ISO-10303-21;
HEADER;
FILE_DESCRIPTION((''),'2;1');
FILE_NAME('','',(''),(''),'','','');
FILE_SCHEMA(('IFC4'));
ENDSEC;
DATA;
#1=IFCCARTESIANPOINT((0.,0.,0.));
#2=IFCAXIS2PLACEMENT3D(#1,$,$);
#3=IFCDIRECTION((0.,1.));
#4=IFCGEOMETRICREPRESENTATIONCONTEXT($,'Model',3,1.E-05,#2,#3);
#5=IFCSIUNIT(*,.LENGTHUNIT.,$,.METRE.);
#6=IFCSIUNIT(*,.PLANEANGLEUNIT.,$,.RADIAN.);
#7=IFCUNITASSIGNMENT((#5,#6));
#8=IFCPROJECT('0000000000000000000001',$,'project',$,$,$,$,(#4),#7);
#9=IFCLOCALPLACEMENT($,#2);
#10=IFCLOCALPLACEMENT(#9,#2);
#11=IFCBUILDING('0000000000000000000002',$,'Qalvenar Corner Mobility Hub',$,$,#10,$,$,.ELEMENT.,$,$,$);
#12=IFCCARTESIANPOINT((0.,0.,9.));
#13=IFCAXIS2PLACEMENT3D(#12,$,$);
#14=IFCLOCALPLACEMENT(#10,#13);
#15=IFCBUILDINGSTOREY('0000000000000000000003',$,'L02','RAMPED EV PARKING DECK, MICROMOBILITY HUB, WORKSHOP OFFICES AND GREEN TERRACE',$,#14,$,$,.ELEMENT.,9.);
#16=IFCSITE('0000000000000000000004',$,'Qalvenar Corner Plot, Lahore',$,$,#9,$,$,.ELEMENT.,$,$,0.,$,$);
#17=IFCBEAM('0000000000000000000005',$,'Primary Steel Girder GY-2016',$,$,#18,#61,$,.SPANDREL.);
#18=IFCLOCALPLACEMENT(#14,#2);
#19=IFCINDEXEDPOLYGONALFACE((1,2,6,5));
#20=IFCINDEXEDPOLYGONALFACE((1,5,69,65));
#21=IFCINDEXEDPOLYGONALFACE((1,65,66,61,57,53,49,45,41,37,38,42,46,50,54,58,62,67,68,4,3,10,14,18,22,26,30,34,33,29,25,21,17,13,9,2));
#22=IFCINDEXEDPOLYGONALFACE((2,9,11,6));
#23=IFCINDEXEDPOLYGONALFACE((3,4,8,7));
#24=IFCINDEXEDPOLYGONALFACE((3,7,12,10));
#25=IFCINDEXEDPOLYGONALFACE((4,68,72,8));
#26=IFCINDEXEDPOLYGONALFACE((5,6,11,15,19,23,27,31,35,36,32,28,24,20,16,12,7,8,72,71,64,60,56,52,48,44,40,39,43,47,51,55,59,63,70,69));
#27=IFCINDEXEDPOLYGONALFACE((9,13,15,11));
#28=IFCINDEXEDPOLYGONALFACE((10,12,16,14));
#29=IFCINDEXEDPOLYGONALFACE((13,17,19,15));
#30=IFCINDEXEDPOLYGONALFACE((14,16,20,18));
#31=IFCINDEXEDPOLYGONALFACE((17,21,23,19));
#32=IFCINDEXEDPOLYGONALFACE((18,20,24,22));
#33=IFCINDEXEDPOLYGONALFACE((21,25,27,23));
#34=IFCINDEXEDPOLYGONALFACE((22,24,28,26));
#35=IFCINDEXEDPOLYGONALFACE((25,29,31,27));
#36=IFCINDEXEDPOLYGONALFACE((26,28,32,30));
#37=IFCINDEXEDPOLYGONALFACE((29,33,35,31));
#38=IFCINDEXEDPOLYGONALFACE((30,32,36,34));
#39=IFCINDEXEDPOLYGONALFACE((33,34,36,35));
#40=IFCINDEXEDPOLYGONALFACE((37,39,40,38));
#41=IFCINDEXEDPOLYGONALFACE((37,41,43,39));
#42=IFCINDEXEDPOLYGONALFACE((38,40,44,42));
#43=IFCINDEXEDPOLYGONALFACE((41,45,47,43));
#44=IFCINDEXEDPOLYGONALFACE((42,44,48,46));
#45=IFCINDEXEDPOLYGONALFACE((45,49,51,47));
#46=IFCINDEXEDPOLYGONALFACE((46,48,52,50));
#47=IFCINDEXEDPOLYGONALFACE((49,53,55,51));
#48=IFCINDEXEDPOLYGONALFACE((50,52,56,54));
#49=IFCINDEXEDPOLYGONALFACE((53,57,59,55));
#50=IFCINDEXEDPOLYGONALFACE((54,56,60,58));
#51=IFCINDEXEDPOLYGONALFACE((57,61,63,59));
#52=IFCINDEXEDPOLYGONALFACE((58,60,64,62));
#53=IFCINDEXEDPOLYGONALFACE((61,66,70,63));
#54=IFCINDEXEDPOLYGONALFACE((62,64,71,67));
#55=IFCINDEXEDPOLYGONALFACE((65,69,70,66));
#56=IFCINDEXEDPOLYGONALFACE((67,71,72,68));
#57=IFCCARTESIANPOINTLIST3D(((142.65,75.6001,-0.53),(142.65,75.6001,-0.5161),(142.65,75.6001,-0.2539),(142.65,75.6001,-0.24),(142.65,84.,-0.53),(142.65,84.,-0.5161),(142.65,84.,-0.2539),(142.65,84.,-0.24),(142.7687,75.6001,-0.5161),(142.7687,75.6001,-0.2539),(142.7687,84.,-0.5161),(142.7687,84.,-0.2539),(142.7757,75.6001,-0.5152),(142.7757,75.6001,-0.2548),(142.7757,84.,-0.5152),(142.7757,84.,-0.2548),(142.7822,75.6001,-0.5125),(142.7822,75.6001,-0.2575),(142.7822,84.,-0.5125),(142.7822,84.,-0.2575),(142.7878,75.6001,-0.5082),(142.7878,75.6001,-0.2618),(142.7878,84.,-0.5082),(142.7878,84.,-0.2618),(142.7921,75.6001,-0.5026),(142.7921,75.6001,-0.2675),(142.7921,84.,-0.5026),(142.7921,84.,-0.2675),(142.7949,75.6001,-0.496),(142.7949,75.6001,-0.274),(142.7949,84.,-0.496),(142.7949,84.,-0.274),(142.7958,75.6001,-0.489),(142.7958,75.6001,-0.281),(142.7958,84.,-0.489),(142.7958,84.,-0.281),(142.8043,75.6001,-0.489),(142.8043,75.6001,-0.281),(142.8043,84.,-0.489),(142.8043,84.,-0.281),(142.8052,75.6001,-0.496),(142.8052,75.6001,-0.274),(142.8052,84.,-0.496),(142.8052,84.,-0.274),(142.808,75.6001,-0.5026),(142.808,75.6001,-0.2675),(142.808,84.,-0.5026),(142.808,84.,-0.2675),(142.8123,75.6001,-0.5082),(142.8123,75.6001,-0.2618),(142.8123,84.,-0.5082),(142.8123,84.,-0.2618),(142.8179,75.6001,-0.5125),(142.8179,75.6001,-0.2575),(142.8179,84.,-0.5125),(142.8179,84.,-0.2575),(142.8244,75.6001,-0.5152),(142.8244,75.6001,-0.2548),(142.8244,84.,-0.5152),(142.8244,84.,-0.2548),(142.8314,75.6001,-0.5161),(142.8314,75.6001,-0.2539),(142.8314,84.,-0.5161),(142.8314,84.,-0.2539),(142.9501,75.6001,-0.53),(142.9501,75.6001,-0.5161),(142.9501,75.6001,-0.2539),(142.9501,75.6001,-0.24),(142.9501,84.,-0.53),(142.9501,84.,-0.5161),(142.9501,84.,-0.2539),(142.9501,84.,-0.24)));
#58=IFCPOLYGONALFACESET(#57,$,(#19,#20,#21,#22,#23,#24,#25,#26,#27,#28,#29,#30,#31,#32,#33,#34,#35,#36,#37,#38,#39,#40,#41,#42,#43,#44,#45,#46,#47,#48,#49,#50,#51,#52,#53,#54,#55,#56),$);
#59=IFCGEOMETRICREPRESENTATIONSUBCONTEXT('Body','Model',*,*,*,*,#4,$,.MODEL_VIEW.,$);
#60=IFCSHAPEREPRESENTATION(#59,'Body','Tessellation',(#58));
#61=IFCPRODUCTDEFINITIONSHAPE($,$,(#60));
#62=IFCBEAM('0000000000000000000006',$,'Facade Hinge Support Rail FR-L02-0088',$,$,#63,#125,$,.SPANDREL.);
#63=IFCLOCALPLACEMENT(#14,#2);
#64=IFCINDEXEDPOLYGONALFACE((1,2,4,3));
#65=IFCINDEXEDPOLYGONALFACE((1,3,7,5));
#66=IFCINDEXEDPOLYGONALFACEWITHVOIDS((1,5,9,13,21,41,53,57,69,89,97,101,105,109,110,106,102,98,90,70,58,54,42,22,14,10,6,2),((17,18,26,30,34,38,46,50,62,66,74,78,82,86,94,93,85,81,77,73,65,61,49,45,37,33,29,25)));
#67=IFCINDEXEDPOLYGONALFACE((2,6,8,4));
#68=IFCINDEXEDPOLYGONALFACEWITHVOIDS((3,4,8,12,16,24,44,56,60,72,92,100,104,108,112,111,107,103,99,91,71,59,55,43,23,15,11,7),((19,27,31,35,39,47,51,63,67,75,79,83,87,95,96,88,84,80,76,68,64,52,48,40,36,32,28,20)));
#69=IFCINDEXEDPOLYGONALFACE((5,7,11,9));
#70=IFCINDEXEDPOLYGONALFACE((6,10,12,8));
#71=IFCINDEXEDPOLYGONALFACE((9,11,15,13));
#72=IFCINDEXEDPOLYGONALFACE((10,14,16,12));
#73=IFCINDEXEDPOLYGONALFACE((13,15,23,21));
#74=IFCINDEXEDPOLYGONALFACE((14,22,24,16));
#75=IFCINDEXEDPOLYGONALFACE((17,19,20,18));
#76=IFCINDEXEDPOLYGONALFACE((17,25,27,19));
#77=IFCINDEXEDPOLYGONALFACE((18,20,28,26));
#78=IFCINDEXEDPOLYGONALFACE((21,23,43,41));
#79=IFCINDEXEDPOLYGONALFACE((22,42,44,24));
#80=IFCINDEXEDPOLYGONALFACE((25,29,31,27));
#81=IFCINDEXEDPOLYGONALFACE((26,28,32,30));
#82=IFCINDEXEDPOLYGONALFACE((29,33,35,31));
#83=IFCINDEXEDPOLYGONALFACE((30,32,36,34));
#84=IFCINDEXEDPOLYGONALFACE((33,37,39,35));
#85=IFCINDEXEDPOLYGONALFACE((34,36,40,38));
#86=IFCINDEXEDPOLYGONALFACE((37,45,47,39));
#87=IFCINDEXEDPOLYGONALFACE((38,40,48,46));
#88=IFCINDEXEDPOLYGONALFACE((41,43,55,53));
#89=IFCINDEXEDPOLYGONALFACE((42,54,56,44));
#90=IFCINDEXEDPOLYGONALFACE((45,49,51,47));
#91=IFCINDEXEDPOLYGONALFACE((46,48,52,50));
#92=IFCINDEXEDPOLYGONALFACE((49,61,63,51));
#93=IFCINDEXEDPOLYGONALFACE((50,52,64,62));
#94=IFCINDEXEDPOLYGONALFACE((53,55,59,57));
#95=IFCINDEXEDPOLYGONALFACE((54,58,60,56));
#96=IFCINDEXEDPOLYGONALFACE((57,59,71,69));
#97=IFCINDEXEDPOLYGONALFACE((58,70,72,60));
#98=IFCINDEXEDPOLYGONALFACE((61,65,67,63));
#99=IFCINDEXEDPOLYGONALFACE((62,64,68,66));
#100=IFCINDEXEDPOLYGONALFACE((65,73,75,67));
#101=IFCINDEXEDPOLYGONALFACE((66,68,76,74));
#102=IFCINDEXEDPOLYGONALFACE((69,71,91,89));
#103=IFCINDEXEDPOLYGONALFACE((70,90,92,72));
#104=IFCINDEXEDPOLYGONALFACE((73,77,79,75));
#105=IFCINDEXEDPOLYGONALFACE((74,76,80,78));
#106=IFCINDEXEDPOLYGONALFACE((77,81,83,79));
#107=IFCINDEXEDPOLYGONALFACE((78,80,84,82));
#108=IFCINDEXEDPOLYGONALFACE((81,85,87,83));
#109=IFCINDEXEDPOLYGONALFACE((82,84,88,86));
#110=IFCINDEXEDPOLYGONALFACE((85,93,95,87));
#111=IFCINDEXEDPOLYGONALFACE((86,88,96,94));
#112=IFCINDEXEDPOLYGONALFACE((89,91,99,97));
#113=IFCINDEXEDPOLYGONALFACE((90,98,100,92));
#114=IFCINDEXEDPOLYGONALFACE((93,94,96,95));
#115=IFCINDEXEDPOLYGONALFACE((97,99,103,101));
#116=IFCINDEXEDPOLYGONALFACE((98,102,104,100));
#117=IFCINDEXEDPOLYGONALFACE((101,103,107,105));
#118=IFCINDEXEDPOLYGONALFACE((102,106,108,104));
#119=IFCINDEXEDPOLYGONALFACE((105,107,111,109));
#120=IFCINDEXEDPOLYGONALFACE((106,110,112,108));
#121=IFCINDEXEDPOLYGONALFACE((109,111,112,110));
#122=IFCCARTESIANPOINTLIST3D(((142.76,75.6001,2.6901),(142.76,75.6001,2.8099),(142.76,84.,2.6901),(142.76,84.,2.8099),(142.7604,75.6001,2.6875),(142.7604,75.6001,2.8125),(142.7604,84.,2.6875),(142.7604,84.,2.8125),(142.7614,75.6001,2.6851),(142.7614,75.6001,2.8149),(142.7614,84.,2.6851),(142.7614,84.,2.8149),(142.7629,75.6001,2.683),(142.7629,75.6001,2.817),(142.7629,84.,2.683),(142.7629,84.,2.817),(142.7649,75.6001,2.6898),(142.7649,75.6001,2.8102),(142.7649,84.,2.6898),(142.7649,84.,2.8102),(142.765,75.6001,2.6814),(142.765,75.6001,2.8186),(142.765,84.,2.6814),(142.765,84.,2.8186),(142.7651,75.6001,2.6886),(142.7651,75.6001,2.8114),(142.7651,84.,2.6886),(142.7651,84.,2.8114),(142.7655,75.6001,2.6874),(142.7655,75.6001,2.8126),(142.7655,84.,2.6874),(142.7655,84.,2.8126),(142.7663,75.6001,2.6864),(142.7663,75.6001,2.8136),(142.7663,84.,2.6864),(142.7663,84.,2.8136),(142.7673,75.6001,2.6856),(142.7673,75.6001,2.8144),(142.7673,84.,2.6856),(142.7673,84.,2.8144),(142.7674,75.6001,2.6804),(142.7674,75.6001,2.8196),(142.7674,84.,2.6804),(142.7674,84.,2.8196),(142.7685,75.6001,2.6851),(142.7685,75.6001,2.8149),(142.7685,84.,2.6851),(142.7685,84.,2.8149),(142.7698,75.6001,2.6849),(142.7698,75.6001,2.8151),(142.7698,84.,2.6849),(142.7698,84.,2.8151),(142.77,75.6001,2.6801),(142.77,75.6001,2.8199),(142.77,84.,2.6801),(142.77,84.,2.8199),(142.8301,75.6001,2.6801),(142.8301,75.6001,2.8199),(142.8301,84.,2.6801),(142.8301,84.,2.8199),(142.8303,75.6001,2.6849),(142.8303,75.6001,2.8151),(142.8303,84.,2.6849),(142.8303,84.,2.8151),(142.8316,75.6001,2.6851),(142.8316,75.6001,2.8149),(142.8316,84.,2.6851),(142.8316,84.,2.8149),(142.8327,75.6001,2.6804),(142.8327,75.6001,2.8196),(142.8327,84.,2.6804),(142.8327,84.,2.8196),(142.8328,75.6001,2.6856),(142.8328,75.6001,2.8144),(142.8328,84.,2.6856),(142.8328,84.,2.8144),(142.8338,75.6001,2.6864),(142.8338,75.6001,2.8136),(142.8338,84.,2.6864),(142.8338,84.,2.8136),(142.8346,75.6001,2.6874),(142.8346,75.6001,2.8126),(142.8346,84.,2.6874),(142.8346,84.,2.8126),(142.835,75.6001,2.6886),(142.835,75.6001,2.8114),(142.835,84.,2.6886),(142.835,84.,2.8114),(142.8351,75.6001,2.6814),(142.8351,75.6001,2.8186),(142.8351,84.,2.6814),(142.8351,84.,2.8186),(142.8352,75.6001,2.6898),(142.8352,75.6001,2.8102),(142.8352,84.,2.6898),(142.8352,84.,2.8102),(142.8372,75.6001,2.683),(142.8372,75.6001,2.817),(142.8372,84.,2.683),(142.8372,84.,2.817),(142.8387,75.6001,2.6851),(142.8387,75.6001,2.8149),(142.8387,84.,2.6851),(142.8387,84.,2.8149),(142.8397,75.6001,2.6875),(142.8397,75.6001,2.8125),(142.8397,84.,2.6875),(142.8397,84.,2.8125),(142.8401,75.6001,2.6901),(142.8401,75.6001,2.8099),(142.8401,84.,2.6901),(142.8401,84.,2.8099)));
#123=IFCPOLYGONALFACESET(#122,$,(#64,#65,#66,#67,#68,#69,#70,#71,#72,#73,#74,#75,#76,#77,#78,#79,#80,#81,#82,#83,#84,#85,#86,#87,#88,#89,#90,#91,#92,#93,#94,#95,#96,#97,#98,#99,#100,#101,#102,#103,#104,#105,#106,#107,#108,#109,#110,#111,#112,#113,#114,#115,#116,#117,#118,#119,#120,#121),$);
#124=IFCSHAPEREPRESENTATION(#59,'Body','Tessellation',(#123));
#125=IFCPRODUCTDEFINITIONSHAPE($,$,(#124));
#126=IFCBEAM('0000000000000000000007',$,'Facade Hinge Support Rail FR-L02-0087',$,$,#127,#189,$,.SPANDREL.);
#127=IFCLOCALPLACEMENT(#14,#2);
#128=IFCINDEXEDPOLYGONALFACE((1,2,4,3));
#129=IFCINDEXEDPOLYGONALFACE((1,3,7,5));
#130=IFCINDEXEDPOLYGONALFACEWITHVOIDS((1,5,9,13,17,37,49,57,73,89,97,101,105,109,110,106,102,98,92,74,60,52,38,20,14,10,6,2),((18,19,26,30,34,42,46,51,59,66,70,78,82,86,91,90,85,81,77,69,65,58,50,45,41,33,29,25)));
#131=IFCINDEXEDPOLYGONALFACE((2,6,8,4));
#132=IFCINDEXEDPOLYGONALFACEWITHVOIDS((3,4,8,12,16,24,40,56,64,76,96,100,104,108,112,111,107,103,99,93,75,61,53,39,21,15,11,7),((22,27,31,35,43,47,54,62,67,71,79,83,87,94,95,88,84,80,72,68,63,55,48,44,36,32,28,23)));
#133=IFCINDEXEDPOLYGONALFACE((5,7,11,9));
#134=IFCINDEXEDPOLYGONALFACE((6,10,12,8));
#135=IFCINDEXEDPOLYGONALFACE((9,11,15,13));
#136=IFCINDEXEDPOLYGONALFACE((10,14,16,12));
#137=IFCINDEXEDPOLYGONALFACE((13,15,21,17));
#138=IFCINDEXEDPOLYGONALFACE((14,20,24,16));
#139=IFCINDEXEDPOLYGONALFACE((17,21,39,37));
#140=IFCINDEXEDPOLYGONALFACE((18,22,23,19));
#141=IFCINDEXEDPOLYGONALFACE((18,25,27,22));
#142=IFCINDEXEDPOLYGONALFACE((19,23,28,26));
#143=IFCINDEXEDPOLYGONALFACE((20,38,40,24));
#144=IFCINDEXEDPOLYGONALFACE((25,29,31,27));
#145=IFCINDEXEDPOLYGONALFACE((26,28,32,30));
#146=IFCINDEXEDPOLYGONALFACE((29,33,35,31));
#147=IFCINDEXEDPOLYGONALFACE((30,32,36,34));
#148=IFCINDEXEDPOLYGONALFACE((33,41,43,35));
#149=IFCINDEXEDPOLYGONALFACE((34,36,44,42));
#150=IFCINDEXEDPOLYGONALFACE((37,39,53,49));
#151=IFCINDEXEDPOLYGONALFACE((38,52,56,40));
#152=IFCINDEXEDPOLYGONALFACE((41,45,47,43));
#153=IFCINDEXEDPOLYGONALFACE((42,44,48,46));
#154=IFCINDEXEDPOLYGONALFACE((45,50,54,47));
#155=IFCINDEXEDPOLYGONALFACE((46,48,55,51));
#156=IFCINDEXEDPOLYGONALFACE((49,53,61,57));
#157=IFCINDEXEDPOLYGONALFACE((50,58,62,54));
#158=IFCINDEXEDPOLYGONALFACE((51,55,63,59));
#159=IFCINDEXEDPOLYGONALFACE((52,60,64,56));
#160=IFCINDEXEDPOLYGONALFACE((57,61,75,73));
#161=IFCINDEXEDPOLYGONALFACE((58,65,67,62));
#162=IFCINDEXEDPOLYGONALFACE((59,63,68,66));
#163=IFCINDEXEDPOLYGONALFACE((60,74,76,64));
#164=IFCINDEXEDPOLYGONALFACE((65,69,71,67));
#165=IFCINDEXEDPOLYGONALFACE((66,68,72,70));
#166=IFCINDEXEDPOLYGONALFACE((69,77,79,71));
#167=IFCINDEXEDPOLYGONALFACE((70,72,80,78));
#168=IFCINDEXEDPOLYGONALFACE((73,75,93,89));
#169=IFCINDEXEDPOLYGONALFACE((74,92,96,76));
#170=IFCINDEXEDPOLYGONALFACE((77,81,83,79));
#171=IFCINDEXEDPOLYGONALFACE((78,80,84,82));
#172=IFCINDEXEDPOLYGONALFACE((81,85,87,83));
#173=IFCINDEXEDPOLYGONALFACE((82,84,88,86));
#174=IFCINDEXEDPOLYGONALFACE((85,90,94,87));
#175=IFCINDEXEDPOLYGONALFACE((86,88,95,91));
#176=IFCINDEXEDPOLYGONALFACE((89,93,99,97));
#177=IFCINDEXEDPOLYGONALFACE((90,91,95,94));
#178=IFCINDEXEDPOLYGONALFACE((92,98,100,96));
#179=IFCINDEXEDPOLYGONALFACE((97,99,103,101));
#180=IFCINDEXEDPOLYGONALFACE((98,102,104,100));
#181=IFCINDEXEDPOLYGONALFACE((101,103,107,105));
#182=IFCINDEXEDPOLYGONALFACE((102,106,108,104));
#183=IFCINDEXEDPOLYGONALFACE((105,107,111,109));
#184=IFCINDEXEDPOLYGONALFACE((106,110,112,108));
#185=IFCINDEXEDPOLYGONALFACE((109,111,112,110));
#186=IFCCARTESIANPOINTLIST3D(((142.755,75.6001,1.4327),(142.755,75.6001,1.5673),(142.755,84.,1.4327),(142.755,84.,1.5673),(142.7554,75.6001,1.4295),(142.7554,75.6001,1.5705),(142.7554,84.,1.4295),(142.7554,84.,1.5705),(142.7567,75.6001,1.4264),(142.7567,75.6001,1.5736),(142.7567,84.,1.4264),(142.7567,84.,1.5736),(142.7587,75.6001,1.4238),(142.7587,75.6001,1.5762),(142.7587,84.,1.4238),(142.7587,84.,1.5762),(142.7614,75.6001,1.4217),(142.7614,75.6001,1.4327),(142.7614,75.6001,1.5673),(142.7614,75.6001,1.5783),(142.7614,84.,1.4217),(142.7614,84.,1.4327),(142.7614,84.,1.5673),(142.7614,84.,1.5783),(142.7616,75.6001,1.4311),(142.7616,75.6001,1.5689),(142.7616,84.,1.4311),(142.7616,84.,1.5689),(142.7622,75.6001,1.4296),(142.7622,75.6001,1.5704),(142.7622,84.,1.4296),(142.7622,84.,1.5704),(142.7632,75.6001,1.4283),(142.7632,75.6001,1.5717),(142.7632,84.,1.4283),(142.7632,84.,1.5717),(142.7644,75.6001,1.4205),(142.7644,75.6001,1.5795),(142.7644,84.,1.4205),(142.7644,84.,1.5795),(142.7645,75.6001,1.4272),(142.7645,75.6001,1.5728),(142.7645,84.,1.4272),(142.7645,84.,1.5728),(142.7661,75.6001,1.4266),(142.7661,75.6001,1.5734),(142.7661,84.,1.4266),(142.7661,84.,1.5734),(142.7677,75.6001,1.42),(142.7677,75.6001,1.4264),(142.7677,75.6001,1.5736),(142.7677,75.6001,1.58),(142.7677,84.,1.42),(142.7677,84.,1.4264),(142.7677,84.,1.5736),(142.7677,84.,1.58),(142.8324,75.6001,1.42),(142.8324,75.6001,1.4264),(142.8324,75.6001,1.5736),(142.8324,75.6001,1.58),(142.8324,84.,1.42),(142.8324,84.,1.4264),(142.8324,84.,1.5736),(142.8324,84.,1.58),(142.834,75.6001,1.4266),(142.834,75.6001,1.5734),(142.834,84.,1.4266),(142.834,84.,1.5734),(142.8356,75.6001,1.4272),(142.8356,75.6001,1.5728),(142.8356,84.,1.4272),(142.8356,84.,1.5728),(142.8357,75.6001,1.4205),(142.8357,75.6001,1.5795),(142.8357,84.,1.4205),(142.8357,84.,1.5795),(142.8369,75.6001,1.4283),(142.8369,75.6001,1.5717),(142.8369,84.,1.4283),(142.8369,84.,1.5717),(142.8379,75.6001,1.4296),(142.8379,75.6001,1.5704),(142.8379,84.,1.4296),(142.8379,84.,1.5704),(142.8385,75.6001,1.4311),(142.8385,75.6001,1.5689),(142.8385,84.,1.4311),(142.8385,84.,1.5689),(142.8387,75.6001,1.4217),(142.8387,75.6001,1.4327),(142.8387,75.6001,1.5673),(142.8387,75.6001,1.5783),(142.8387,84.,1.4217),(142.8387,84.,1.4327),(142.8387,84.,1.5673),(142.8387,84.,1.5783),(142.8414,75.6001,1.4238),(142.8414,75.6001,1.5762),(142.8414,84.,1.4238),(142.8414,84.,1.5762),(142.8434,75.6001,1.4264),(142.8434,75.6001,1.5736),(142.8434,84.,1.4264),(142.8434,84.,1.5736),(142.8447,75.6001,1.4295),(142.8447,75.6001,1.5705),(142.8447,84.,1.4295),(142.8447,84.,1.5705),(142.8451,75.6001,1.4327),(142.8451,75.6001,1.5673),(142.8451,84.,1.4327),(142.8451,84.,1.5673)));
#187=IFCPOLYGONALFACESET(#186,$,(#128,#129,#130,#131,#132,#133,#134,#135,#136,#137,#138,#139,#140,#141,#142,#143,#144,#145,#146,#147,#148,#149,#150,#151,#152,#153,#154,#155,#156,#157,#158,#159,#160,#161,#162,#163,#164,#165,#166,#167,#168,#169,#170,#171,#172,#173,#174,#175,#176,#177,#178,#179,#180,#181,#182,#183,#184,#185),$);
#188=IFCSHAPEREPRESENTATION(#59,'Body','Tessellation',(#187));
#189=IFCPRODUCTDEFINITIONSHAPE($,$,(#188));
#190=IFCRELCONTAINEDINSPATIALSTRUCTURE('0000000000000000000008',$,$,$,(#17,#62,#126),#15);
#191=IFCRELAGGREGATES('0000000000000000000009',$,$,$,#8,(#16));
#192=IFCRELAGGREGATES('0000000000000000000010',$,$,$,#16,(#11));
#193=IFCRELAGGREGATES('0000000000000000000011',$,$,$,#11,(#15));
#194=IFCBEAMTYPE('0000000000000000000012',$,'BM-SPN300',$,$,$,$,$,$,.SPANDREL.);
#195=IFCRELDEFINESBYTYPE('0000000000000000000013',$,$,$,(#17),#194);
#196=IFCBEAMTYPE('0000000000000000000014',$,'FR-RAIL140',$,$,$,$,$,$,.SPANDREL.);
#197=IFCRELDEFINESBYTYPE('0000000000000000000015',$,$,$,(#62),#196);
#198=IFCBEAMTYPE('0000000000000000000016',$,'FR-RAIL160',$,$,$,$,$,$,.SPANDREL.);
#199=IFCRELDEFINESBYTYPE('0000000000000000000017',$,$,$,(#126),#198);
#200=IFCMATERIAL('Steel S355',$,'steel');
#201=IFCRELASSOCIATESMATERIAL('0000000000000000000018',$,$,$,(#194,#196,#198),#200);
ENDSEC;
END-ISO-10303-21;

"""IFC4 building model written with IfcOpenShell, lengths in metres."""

from ifc_helpers import new_model, si_unit, direction, frame, origin, origin_2d, place, context, subcontext, project, spatial, hollow_rectangle, i_section, extrude, material, material_profile, profile_set, type_object, element, save


model = new_model("IFC4")

# Units and contexts
model_context = context("Model", 3, precision=1e-05, world=origin(), true_north=direction((0.0, 1.0)))
body_context = subcontext(model_context, "Body", "Model", "MODEL_VIEW")
ifc_project = project(units=[si_unit("LENGTHUNIT", "METRE"), si_unit("PLANEANGLEUNIT", "RADIAN")], contexts=[model_context])

# Site, building, storey
site_placement = place(None, origin())
site = spatial("IfcSite", under=ifc_project, at=site_placement, Name="Qalvenar Corner Plot, Lahore", CompositionType="ELEMENT", RefElevation=0.0)
building_placement = place(site_placement, origin())
building = spatial("IfcBuilding", under=site, at=building_placement, Name="Qalvenar Corner Mobility Hub", CompositionType="ELEMENT")
storey_placement = place(building_placement, frame((0.0, 0.0, 9.0)))
storey = spatial("IfcBuildingStorey", under=building, at=storey_placement, Name="L02", Description="RAMPED EV PARKING DECK, MICROMOBILITY HUB, WORKSHOP OFFICES AND GREEN TERRACE", CompositionType="ELEMENT", Elevation=9.0)

# Shared definitions
ifc_material_1 = material(Name="Steel S355", Category="steel")

# Beams
ifc_material_profile_1 = material_profile(ifc_material_1, i_section(OverallWidth=0.3, OverallDepth=0.29, WebThickness=0.0085, FlangeThickness=0.0139, FilletRadius=0.0271, at=origin_2d()), Name="HEA300")
ifc_profile_set_1 = profile_set([ifc_material_profile_1], Name="Steel S355")
beam_type_1 = type_object("IfcBeamType", Name="BM-SPN300", PredefinedType="SPANDREL", material=ifc_profile_set_1)
beam_1_placement = place(storey_placement, frame((142.8, 75.6001, -0.385), z_axis=(0.0, 1.0, 0.0), x_axis=(-1.0, 0.0, 0.0)))
element("IfcBeam", 1, at=beam_1_placement, inside=storey, type_object=beam_type_1, Name="Primary Steel Girder GY-2016", PredefinedType="SPANDREL", context=body_context, shape_type="SweptSolid", body=[
    extrude(i_section(OverallWidth=0.3, OverallDepth=0.29, WebThickness=0.0085, FlangeThickness=0.0139, FilletRadius=0.0271, at=origin_2d()), origin(), (0.0, 0.0, 1.0), 8.3999),
])
ifc_material_profile_2 = material_profile(ifc_material_1, hollow_rectangle(XDim=0.0801, YDim=0.1399, WallThickness=0.0049, InnerFilletRadius=0.0049, OuterFilletRadius=0.01, at=origin_2d()), Name="RHS140x80x5")
ifc_profile_set_2 = profile_set([ifc_material_profile_2], Name="Steel S355")
beam_type_2 = type_object("IfcBeamType", Name="FR-RAIL140", PredefinedType="SPANDREL", material=ifc_profile_set_2)
beam_2_placement = place(storey_placement, frame((142.8, 75.6001, 2.75), z_axis=(0.0, 1.0, 0.0), x_axis=(-1.0, 0.0, 0.0)))
element("IfcBeam", 2, at=beam_2_placement, inside=storey, type_object=beam_type_2, Name="Facade Hinge Support Rail FR-L02-0088", PredefinedType="SPANDREL", context=body_context, shape_type="SweptSolid", body=[
    extrude(hollow_rectangle(XDim=0.0801, YDim=0.1399, WallThickness=0.0049, InnerFilletRadius=0.0049, OuterFilletRadius=0.01, at=origin_2d()), origin(), (0.0, 0.0, 1.0), 8.3999),
])
ifc_material_profile_3 = material_profile(ifc_material_1, hollow_rectangle(XDim=0.0901, YDim=0.1599, WallThickness=0.0063, InnerFilletRadius=0.0063, OuterFilletRadius=0.0127, at=origin_2d()), Name="RHS160x90x6.3")
ifc_profile_set_3 = profile_set([ifc_material_profile_3], Name="Steel S355")
beam_type_3 = type_object("IfcBeamType", Name="FR-RAIL160", PredefinedType="SPANDREL", material=ifc_profile_set_3)
beam_3_placement = place(storey_placement, frame((142.8, 75.6001, 1.5), z_axis=(0.0, 1.0, 0.0), x_axis=(-1.0, 0.0, 0.0)))
element("IfcBeam", 3, at=beam_3_placement, inside=storey, type_object=beam_type_3, Name="Facade Hinge Support Rail FR-L02-0087", PredefinedType="SPANDREL", context=body_context, shape_type="SweptSolid", body=[
    extrude(hollow_rectangle(XDim=0.0901, YDim=0.1599, WallThickness=0.0063, InnerFilletRadius=0.0063, OuterFilletRadius=0.0127, at=origin_2d()), origin(), (0.0, 0.0, 1.0), 8.3999),
])

save(model, "model.ifc")
